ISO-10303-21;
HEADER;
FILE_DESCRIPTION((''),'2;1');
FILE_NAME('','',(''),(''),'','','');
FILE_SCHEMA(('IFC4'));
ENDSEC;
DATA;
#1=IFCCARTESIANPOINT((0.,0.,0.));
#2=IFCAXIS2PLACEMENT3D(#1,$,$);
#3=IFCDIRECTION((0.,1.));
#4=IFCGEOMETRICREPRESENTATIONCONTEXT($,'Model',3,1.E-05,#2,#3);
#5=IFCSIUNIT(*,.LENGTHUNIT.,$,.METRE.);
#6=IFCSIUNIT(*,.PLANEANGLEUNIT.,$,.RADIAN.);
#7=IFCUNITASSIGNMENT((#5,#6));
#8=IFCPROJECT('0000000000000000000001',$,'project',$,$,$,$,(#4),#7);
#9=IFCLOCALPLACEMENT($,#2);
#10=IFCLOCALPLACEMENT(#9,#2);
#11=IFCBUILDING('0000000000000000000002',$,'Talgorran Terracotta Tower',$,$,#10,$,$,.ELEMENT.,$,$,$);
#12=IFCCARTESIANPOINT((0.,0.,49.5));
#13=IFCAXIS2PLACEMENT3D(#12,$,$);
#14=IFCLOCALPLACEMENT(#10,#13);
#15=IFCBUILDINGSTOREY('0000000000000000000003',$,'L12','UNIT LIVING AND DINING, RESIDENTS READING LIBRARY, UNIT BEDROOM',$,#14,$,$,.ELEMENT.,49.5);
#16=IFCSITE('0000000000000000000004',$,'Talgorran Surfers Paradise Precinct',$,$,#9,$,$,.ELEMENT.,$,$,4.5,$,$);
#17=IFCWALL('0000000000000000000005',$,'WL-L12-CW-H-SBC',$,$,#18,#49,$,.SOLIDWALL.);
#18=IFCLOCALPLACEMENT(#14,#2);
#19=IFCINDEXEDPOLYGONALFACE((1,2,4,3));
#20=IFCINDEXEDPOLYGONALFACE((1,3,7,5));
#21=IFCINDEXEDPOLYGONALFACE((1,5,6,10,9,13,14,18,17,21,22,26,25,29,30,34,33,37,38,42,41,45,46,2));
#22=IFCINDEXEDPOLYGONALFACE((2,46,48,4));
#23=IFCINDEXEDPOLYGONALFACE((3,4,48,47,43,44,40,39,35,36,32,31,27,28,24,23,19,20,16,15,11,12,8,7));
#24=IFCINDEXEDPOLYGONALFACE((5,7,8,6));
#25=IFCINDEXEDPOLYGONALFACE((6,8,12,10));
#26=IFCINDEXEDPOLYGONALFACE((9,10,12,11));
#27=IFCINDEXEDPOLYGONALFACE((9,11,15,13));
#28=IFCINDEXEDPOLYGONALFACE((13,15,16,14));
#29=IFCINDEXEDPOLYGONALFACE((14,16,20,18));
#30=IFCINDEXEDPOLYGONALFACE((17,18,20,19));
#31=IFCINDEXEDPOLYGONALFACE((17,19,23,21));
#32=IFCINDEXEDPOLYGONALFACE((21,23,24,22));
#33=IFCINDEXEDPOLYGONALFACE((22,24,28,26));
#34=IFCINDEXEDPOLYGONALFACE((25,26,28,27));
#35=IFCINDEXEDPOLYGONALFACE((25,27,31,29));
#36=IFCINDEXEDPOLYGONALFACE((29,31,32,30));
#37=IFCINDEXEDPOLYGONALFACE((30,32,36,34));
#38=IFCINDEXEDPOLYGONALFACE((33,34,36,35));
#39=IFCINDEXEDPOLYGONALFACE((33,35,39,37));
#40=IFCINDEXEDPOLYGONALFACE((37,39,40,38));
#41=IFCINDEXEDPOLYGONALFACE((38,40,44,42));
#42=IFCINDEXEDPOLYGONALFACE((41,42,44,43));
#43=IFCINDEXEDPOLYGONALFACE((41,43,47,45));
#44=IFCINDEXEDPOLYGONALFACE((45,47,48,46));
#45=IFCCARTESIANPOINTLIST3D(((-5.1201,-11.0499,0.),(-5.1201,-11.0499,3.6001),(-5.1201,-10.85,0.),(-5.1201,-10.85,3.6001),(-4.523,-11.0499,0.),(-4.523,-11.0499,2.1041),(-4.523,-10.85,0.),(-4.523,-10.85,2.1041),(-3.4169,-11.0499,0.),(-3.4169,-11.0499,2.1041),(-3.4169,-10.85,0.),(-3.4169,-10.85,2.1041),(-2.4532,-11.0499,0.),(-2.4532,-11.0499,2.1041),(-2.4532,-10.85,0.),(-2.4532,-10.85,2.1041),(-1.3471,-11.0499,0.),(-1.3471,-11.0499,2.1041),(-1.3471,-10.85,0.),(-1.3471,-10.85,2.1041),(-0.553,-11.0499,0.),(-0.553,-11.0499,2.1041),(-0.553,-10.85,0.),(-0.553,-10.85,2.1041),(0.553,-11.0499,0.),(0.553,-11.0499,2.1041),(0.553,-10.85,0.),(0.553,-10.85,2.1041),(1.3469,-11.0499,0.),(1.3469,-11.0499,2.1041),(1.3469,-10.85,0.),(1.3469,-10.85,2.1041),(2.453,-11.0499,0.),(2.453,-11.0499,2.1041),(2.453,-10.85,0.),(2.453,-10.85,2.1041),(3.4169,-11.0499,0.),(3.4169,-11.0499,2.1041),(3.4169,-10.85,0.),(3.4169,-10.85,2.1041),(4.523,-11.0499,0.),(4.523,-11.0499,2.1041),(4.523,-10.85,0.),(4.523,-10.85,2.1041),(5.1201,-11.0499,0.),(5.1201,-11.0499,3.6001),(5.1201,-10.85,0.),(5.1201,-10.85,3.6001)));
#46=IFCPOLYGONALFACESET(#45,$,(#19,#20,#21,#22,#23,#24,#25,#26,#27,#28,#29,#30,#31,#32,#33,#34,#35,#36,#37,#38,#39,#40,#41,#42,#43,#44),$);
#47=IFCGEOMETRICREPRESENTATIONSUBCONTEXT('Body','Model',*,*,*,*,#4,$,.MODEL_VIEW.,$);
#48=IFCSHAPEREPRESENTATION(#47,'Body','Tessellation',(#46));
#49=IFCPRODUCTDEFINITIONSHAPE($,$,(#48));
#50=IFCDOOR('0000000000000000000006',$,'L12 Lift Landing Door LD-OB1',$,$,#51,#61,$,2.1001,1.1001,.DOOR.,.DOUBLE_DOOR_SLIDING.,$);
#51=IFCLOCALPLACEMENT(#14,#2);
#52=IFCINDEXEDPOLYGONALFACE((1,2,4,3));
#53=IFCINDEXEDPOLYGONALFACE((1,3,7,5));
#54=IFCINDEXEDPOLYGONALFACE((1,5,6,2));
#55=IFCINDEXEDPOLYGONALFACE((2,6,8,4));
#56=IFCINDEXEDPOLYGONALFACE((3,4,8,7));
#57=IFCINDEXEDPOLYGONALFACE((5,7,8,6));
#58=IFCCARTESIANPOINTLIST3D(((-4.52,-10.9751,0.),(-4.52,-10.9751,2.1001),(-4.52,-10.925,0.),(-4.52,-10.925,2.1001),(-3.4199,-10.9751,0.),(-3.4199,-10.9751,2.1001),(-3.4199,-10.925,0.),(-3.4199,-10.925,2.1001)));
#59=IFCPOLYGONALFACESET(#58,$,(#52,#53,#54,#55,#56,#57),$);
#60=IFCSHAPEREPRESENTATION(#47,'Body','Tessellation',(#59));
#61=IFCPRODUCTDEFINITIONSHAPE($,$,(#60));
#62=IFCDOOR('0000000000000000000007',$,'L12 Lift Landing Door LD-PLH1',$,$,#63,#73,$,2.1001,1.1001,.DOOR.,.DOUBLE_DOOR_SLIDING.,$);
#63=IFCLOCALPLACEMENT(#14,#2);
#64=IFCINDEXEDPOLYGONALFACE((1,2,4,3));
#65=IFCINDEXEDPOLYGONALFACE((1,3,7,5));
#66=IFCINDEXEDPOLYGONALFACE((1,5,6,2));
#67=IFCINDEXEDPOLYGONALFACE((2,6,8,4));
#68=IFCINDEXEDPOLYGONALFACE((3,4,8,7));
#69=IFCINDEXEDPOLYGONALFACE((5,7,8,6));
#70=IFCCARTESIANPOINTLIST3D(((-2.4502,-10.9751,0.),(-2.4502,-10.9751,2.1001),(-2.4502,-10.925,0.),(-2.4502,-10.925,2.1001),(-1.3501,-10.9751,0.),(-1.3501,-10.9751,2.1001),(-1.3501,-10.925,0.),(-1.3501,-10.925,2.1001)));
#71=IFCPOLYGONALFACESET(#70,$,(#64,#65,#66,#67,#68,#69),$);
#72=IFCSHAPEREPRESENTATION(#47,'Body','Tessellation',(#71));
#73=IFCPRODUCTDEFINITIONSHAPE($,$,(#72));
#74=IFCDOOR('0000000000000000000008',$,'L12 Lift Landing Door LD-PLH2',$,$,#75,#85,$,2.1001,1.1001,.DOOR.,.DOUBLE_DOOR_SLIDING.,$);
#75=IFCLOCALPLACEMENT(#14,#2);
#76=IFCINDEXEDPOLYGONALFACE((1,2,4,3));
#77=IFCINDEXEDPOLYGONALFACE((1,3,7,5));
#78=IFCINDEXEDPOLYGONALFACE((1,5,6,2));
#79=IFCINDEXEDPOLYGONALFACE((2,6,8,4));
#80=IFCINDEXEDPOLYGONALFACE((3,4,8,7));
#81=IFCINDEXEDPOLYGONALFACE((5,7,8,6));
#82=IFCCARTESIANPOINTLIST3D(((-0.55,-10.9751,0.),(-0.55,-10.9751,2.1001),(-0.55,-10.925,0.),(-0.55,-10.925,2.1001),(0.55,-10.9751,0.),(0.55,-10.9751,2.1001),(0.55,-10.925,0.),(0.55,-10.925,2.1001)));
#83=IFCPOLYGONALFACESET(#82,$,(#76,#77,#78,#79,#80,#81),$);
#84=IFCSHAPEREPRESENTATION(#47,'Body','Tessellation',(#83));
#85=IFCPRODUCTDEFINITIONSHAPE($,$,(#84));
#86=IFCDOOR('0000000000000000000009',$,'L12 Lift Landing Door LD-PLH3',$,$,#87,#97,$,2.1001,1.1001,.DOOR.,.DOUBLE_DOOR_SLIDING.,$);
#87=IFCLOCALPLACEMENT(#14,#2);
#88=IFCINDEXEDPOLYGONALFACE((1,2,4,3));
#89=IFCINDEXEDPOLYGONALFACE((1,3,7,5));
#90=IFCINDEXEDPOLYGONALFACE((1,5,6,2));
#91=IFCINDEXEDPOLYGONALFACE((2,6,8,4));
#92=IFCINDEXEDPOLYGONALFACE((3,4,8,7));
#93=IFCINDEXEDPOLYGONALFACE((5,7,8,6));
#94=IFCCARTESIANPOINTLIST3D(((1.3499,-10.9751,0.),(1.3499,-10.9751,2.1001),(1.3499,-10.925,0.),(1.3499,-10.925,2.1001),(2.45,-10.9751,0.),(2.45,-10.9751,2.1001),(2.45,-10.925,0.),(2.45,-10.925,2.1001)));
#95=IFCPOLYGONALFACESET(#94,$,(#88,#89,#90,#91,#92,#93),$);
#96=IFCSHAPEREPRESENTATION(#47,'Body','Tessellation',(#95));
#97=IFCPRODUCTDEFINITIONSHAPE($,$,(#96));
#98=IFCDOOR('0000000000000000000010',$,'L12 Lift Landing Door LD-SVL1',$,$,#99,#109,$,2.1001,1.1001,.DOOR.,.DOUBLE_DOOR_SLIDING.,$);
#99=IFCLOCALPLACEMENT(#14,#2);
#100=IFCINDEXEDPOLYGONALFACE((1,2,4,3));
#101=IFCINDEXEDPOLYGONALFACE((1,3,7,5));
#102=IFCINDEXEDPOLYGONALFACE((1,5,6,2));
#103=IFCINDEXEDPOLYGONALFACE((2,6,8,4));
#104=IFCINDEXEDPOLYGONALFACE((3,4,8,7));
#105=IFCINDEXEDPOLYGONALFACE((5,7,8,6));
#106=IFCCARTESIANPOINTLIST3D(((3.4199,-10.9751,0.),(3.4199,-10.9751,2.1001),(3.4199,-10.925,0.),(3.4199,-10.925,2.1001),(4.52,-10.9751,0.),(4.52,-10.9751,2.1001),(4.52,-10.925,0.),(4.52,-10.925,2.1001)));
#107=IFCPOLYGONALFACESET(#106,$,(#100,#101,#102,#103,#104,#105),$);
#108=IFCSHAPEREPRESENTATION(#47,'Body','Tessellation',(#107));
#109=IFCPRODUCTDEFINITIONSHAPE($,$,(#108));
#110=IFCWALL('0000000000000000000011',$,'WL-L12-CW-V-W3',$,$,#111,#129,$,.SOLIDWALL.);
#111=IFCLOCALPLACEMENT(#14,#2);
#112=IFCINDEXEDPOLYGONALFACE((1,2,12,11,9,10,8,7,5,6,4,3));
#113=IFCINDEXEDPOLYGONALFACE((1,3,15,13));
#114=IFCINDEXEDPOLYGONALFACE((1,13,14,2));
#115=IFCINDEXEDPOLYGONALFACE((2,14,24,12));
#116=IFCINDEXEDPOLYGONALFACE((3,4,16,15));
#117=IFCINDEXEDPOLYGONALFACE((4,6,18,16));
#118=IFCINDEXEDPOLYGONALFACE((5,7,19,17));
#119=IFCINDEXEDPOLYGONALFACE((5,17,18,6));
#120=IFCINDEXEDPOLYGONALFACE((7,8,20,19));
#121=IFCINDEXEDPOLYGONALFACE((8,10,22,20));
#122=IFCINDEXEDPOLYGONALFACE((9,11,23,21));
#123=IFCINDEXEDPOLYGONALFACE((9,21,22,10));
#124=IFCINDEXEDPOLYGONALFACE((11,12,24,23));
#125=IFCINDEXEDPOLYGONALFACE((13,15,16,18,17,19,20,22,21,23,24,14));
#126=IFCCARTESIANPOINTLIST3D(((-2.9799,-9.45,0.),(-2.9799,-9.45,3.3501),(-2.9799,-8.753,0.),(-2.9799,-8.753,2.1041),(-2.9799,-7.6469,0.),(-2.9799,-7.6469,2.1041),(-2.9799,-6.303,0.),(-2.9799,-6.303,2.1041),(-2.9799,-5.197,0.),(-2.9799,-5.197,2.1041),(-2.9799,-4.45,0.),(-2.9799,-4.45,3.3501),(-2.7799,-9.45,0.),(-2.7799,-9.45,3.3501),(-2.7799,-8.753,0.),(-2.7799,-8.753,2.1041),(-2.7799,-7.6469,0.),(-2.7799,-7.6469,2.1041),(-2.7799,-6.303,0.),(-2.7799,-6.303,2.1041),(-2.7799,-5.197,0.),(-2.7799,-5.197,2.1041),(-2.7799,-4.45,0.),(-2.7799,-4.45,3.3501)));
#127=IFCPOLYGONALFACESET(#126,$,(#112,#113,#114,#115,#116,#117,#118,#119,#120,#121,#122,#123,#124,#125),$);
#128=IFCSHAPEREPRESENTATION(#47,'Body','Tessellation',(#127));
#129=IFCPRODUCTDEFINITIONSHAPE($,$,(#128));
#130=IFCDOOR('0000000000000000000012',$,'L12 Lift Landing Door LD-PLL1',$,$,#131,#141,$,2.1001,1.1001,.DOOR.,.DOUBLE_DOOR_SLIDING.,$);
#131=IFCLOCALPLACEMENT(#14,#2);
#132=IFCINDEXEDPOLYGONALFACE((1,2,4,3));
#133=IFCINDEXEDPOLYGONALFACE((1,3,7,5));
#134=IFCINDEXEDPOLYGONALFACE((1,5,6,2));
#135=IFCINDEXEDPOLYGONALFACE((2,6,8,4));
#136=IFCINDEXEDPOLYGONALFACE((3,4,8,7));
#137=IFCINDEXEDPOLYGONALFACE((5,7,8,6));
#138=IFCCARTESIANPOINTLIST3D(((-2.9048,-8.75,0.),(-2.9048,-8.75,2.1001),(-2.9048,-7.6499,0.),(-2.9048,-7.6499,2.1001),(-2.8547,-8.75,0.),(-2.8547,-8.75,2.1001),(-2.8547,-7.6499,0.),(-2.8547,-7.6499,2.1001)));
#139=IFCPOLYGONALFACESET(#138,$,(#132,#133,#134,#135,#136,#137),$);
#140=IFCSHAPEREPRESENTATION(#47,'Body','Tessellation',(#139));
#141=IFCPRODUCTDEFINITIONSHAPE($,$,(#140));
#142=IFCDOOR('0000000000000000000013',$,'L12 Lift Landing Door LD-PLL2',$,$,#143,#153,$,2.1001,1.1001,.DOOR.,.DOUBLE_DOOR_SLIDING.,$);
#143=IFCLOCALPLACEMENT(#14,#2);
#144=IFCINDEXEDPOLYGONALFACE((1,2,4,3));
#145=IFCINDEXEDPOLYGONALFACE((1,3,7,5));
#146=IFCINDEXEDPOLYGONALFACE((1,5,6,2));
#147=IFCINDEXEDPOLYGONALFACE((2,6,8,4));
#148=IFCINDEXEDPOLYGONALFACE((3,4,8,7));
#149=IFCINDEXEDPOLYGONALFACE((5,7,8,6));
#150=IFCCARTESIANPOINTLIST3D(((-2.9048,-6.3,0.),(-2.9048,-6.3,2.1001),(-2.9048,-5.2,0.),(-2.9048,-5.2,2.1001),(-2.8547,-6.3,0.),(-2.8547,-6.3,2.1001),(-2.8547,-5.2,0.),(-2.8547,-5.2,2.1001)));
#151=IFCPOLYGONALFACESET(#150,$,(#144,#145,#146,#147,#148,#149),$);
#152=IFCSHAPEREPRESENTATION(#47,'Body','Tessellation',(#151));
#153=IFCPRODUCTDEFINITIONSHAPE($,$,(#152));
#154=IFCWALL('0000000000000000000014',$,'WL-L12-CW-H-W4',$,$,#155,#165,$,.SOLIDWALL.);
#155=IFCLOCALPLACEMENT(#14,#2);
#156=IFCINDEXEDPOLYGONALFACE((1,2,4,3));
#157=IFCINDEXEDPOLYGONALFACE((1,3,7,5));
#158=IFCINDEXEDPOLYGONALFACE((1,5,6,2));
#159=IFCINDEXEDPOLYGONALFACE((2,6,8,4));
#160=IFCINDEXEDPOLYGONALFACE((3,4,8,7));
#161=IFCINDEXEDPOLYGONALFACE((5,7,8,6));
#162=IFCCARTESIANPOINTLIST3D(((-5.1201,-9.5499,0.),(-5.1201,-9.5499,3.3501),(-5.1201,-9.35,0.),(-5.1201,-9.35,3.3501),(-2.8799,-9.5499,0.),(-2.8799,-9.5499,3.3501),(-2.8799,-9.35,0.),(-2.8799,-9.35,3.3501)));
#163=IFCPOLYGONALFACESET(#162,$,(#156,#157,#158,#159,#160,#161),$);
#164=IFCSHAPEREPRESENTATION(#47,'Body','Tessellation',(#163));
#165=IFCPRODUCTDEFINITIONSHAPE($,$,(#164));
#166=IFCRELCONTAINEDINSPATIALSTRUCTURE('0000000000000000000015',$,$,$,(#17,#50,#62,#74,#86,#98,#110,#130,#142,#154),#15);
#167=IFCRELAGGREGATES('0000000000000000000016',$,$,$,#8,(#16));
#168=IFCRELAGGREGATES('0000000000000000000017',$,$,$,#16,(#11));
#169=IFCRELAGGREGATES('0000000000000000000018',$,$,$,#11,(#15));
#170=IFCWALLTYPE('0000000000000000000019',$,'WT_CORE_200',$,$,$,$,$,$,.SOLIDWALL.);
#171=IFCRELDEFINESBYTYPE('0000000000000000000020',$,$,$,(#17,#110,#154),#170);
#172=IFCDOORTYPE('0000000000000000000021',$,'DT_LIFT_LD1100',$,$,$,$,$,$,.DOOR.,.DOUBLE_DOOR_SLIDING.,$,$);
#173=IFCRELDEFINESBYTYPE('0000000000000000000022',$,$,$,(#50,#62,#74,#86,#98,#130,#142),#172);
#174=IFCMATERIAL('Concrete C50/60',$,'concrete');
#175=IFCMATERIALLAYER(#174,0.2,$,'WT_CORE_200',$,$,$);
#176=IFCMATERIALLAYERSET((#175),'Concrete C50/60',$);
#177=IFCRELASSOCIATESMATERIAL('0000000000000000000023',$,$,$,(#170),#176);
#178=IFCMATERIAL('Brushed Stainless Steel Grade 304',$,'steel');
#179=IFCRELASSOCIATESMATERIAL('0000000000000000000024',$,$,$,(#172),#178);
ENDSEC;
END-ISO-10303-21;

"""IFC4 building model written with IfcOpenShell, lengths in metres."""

from ifc_helpers import new_model, si_unit, direction, frame, frame_2d, origin, place, context, subcontext, project, spatial, rectangle, extrude, material, layer, layer_set, type_object, element, fill, save


model = new_model("IFC4")

# Units and contexts
model_context = context("Model", 3, precision=1e-05, world=origin(), true_north=direction((0.0, 1.0)))
body_context = subcontext(model_context, "Body", "Model", "MODEL_VIEW")
ifc_project = project(units=[si_unit("LENGTHUNIT", "METRE"), si_unit("PLANEANGLEUNIT", "RADIAN")], contexts=[model_context])

# Site, building, storey
site_placement = place(None, origin())
site = spatial("IfcSite", under=ifc_project, at=site_placement, Name="Talgorran Surfers Paradise Precinct", CompositionType="ELEMENT", RefElevation=4.5)
building_placement = place(site_placement, origin())
building = spatial("IfcBuilding", under=site, at=building_placement, Name="Talgorran Terracotta Tower", CompositionType="ELEMENT")
storey_placement = place(building_placement, frame((0.0, 0.0, 49.5)))
storey = spatial("IfcBuildingStorey", under=building, at=storey_placement, Name="L12", Description="UNIT LIVING AND DINING, RESIDENTS READING LIBRARY, UNIT BEDROOM", CompositionType="ELEMENT", Elevation=49.5)

# Shared definitions
ifc_material_1 = material(Name="Concrete C50/60", Category="concrete")
ifc_layer_1 = layer(ifc_material_1, 0.2, Name="WT_CORE_200")
ifc_layer_set_1 = layer_set([ifc_layer_1], Name="Concrete C50/60")
wall_type_1 = type_object("IfcWallType", Name="WT_CORE_200", PredefinedType="SOLIDWALL", material=ifc_layer_set_1)

# Walls, openings, doors
ifc_material_2 = material(Name="Brushed Stainless Steel Grade 304", Category="steel")
door_type_1 = type_object("IfcDoorType", Name="DT_LIFT_LD1100", OperationType="DOUBLE_DOOR_SLIDING", PredefinedType="DOOR", material=ifc_material_2)
wall_1_placement = place(storey_placement, frame((-5.1201, -10.95, 0.0), z_axis=(0.0, 0.0, 1.0), x_axis=(1.0, 0.0, 0.0)))
wall_1 = element("IfcWall", 1, at=wall_1_placement, inside=storey, type_object=wall_type_1, Name="WL-L12-CW-H-SBC", PredefinedType="SOLIDWALL", context=body_context, shape_type="SweptSolid", body=[
    extrude(rectangle(XDim=10.2402, YDim=0.2, at=frame_2d((5.1201, 0.0))), origin(), (0.0, 0.0, 1.0), 3.6001),
])
opening_1_placement = place(wall_1_placement, frame((0.6001, 0.0, 0.0)))
opening_1 = element("IfcOpeningElement", 2, at=opening_1_placement, cuts=wall_1, PredefinedType="OPENING", context=body_context, shape_type="SweptSolid", body=[
    extrude(rectangle(XDim=1.1061, YDim=2.1041, at=frame_2d((0.55, 1.052))), frame((0.0, 0.1099, 0.0), z_axis=(0.0, -1.0, 0.0), x_axis=(1.0, 0.0, 0.0)), (0.0, 0.0, 1.0), 0.22),
])
opening_2_placement = place(wall_1_placement, frame((2.6699, 0.0, 0.0)))
opening_2 = element("IfcOpeningElement", 3, at=opening_2_placement, cuts=wall_1, PredefinedType="OPENING", context=body_context, shape_type="SweptSolid", body=[
    extrude(rectangle(XDim=1.1061, YDim=2.1041, at=frame_2d((0.55, 1.052))), frame((0.0, 0.1099, 0.0), z_axis=(0.0, -1.0, 0.0), x_axis=(1.0, 0.0, 0.0)), (0.0, 0.0, 1.0), 0.22),
])
opening_3_placement = place(wall_1_placement, frame((4.5701, 0.0, 0.0)))
opening_3 = element("IfcOpeningElement", 4, at=opening_3_placement, cuts=wall_1, PredefinedType="OPENING", context=body_context, shape_type="SweptSolid", body=[
    extrude(rectangle(XDim=1.1061, YDim=2.1041, at=frame_2d((0.55, 1.052))), frame((0.0, 0.1099, 0.0), z_axis=(0.0, -1.0, 0.0), x_axis=(1.0, 0.0, 0.0)), (0.0, 0.0, 1.0), 0.22),
])
opening_4_placement = place(wall_1_placement, frame((6.47, 0.0, 0.0)))
opening_4 = element("IfcOpeningElement", 5, at=opening_4_placement, cuts=wall_1, PredefinedType="OPENING", context=body_context, shape_type="SweptSolid", body=[
    extrude(rectangle(XDim=1.1061, YDim=2.1041, at=frame_2d((0.55, 1.052))), frame((0.0, 0.1099, 0.0), z_axis=(0.0, -1.0, 0.0), x_axis=(1.0, 0.0, 0.0)), (0.0, 0.0, 1.0), 0.22),
])
opening_5_placement = place(wall_1_placement, frame((8.54, 0.0, 0.0)))
opening_5 = element("IfcOpeningElement", 6, at=opening_5_placement, cuts=wall_1, PredefinedType="OPENING", context=body_context, shape_type="SweptSolid", body=[
    extrude(rectangle(XDim=1.1061, YDim=2.1041, at=frame_2d((0.55, 1.052))), frame((0.0, 0.1099, 0.0), z_axis=(0.0, -1.0, 0.0), x_axis=(1.0, 0.0, 0.0)), (0.0, 0.0, 1.0), 0.22),
])
door_1_placement = place(opening_1_placement, origin())
door_1 = element("IfcDoor", 7, at=door_1_placement, inside=storey, type_object=door_type_1, Name="L12 Lift Landing Door LD-OB1", OperationType="DOUBLE_DOOR_SLIDING", OverallHeight=2.1001, OverallWidth=1.1001, PredefinedType="DOOR", context=body_context, shape_type="SweptSolid", body=[
    extrude(rectangle(XDim=1.1001, YDim=2.1001, at=frame_2d((0.55, 1.05))), frame((0.0, 0.0249, 0.0), z_axis=(0.0, -1.0, 0.0), x_axis=(1.0, 0.0, 0.0)), (0.0, 0.0, 1.0), 0.05),
])
fill(opening_1, door_1)
door_2_placement = place(opening_2_placement, origin())
door_2 = element("IfcDoor", 8, at=door_2_placement, inside=storey, type_object=door_type_1, Name="L12 Lift Landing Door LD-PLH1", OperationType="DOUBLE_DOOR_SLIDING", OverallHeight=2.1001, OverallWidth=1.1001, PredefinedType="DOOR", context=body_context, shape_type="SweptSolid", body=[
    extrude(rectangle(XDim=1.1001, YDim=2.1001, at=frame_2d((0.55, 1.05))), frame((0.0, 0.0249, 0.0), z_axis=(0.0, -1.0, 0.0), x_axis=(1.0, 0.0, 0.0)), (0.0, 0.0, 1.0), 0.05),
])
fill(opening_2, door_2)
door_3_placement = place(opening_3_placement, origin())
door_3 = element("IfcDoor", 9, at=door_3_placement, inside=storey, type_object=door_type_1, Name="L12 Lift Landing Door LD-PLH2", OperationType="DOUBLE_DOOR_SLIDING", OverallHeight=2.1001, OverallWidth=1.1001, PredefinedType="DOOR", context=body_context, shape_type="SweptSolid", body=[
    extrude(rectangle(XDim=1.1001, YDim=2.1001, at=frame_2d((0.55, 1.05))), frame((0.0, 0.0249, 0.0), z_axis=(0.0, -1.0, 0.0), x_axis=(1.0, 0.0, 0.0)), (0.0, 0.0, 1.0), 0.05),
])
fill(opening_3, door_3)
door_4_placement = place(opening_4_placement, origin())
door_4 = element("IfcDoor", 10, at=door_4_placement, inside=storey, type_object=door_type_1, Name="L12 Lift Landing Door LD-PLH3", OperationType="DOUBLE_DOOR_SLIDING", OverallHeight=2.1001, OverallWidth=1.1001, PredefinedType="DOOR", context=body_context, shape_type="SweptSolid", body=[
    extrude(rectangle(XDim=1.1001, YDim=2.1001, at=frame_2d((0.55, 1.05))), frame((0.0, 0.0249, 0.0), z_axis=(0.0, -1.0, 0.0), x_axis=(1.0, 0.0, 0.0)), (0.0, 0.0, 1.0), 0.05),
])
fill(opening_4, door_4)
door_5_placement = place(opening_5_placement, origin())
door_5 = element("IfcDoor", 11, at=door_5_placement, inside=storey, type_object=door_type_1, Name="L12 Lift Landing Door LD-SVL1", OperationType="DOUBLE_DOOR_SLIDING", OverallHeight=2.1001, OverallWidth=1.1001, PredefinedType="DOOR", context=body_context, shape_type="SweptSolid", body=[
    extrude(rectangle(XDim=1.1001, YDim=2.1001, at=frame_2d((0.55, 1.05))), frame((0.0, 0.0249, 0.0), z_axis=(0.0, -1.0, 0.0), x_axis=(1.0, 0.0, 0.0)), (0.0, 0.0, 1.0), 0.05),
])
fill(opening_5, door_5)
wall_2_placement = place(storey_placement, frame((-2.8799, -9.45, 0.0), z_axis=(0.0, 0.0, 1.0), x_axis=(0.0, 1.0, 0.0)))
wall_2 = element("IfcWall", 12, at=wall_2_placement, inside=storey, type_object=wall_type_1, Name="WL-L12-CW-V-W3", PredefinedType="SOLIDWALL", context=body_context, shape_type="SweptSolid", body=[
    extrude(rectangle(XDim=5.0, YDim=0.2, at=frame_2d((2.5, 0.0))), origin(), (0.0, 0.0, 1.0), 3.3501),
])
opening_6_placement = place(wall_2_placement, frame((0.7, 0.0, 0.0)))
opening_6 = element("IfcOpeningElement", 13, at=opening_6_placement, cuts=wall_2, PredefinedType="OPENING", context=body_context, shape_type="SweptSolid", body=[
    extrude(rectangle(XDim=1.1061, YDim=2.1041, at=frame_2d((0.55, 1.052))), frame((0.0, 0.1099, 0.0), z_axis=(0.0, -1.0, 0.0), x_axis=(1.0, 0.0, 0.0)), (0.0, 0.0, 1.0), 0.22),
])
opening_7_placement = place(wall_2_placement, frame((3.1499, 0.0, 0.0)))
opening_7 = element("IfcOpeningElement", 14, at=opening_7_placement, cuts=wall_2, PredefinedType="OPENING", context=body_context, shape_type="SweptSolid", body=[
    extrude(rectangle(XDim=1.1061, YDim=2.1041, at=frame_2d((0.55, 1.052))), frame((0.0, 0.1099, 0.0), z_axis=(0.0, -1.0, 0.0), x_axis=(1.0, 0.0, 0.0)), (0.0, 0.0, 1.0), 0.22),
])
door_6_placement = place(opening_6_placement, origin())
door_6 = element("IfcDoor", 15, at=door_6_placement, inside=storey, type_object=door_type_1, Name="L12 Lift Landing Door LD-PLL1", OperationType="DOUBLE_DOOR_SLIDING", OverallHeight=2.1001, OverallWidth=1.1001, PredefinedType="DOOR", context=body_context, shape_type="SweptSolid", body=[
    extrude(rectangle(XDim=1.1001, YDim=2.1001, at=frame_2d((0.55, 1.05))), frame((0.0, 0.0249, 0.0), z_axis=(0.0, -1.0, 0.0), x_axis=(1.0, 0.0, 0.0)), (0.0, 0.0, 1.0), 0.05),
])
fill(opening_6, door_6)
door_7_placement = place(opening_7_placement, origin())
door_7 = element("IfcDoor", 16, at=door_7_placement, inside=storey, type_object=door_type_1, Name="L12 Lift Landing Door LD-PLL2", OperationType="DOUBLE_DOOR_SLIDING", OverallHeight=2.1001, OverallWidth=1.1001, PredefinedType="DOOR", context=body_context, shape_type="SweptSolid", body=[
    extrude(rectangle(XDim=1.1001, YDim=2.1001, at=frame_2d((0.55, 1.05))), frame((0.0, 0.0249, 0.0), z_axis=(0.0, -1.0, 0.0), x_axis=(1.0, 0.0, 0.0)), (0.0, 0.0, 1.0), 0.05),
])
fill(opening_7, door_7)

# Wall
wall_3_placement = place(storey_placement, frame((-5.1201, -9.45, 0.0), z_axis=(0.0, 0.0, 1.0), x_axis=(1.0, 0.0, 0.0)))
element("IfcWall", 17, at=wall_3_placement, inside=storey, type_object=wall_type_1, Name="WL-L12-CW-H-W4", PredefinedType="SOLIDWALL", context=body_context, shape_type="SweptSolid", body=[
    extrude(rectangle(XDim=2.2402, YDim=0.2, at=frame_2d((1.1201, 0.0))), origin(), (0.0, 0.0, 1.0), 3.3501),
])

save(model, "model.ifc")
